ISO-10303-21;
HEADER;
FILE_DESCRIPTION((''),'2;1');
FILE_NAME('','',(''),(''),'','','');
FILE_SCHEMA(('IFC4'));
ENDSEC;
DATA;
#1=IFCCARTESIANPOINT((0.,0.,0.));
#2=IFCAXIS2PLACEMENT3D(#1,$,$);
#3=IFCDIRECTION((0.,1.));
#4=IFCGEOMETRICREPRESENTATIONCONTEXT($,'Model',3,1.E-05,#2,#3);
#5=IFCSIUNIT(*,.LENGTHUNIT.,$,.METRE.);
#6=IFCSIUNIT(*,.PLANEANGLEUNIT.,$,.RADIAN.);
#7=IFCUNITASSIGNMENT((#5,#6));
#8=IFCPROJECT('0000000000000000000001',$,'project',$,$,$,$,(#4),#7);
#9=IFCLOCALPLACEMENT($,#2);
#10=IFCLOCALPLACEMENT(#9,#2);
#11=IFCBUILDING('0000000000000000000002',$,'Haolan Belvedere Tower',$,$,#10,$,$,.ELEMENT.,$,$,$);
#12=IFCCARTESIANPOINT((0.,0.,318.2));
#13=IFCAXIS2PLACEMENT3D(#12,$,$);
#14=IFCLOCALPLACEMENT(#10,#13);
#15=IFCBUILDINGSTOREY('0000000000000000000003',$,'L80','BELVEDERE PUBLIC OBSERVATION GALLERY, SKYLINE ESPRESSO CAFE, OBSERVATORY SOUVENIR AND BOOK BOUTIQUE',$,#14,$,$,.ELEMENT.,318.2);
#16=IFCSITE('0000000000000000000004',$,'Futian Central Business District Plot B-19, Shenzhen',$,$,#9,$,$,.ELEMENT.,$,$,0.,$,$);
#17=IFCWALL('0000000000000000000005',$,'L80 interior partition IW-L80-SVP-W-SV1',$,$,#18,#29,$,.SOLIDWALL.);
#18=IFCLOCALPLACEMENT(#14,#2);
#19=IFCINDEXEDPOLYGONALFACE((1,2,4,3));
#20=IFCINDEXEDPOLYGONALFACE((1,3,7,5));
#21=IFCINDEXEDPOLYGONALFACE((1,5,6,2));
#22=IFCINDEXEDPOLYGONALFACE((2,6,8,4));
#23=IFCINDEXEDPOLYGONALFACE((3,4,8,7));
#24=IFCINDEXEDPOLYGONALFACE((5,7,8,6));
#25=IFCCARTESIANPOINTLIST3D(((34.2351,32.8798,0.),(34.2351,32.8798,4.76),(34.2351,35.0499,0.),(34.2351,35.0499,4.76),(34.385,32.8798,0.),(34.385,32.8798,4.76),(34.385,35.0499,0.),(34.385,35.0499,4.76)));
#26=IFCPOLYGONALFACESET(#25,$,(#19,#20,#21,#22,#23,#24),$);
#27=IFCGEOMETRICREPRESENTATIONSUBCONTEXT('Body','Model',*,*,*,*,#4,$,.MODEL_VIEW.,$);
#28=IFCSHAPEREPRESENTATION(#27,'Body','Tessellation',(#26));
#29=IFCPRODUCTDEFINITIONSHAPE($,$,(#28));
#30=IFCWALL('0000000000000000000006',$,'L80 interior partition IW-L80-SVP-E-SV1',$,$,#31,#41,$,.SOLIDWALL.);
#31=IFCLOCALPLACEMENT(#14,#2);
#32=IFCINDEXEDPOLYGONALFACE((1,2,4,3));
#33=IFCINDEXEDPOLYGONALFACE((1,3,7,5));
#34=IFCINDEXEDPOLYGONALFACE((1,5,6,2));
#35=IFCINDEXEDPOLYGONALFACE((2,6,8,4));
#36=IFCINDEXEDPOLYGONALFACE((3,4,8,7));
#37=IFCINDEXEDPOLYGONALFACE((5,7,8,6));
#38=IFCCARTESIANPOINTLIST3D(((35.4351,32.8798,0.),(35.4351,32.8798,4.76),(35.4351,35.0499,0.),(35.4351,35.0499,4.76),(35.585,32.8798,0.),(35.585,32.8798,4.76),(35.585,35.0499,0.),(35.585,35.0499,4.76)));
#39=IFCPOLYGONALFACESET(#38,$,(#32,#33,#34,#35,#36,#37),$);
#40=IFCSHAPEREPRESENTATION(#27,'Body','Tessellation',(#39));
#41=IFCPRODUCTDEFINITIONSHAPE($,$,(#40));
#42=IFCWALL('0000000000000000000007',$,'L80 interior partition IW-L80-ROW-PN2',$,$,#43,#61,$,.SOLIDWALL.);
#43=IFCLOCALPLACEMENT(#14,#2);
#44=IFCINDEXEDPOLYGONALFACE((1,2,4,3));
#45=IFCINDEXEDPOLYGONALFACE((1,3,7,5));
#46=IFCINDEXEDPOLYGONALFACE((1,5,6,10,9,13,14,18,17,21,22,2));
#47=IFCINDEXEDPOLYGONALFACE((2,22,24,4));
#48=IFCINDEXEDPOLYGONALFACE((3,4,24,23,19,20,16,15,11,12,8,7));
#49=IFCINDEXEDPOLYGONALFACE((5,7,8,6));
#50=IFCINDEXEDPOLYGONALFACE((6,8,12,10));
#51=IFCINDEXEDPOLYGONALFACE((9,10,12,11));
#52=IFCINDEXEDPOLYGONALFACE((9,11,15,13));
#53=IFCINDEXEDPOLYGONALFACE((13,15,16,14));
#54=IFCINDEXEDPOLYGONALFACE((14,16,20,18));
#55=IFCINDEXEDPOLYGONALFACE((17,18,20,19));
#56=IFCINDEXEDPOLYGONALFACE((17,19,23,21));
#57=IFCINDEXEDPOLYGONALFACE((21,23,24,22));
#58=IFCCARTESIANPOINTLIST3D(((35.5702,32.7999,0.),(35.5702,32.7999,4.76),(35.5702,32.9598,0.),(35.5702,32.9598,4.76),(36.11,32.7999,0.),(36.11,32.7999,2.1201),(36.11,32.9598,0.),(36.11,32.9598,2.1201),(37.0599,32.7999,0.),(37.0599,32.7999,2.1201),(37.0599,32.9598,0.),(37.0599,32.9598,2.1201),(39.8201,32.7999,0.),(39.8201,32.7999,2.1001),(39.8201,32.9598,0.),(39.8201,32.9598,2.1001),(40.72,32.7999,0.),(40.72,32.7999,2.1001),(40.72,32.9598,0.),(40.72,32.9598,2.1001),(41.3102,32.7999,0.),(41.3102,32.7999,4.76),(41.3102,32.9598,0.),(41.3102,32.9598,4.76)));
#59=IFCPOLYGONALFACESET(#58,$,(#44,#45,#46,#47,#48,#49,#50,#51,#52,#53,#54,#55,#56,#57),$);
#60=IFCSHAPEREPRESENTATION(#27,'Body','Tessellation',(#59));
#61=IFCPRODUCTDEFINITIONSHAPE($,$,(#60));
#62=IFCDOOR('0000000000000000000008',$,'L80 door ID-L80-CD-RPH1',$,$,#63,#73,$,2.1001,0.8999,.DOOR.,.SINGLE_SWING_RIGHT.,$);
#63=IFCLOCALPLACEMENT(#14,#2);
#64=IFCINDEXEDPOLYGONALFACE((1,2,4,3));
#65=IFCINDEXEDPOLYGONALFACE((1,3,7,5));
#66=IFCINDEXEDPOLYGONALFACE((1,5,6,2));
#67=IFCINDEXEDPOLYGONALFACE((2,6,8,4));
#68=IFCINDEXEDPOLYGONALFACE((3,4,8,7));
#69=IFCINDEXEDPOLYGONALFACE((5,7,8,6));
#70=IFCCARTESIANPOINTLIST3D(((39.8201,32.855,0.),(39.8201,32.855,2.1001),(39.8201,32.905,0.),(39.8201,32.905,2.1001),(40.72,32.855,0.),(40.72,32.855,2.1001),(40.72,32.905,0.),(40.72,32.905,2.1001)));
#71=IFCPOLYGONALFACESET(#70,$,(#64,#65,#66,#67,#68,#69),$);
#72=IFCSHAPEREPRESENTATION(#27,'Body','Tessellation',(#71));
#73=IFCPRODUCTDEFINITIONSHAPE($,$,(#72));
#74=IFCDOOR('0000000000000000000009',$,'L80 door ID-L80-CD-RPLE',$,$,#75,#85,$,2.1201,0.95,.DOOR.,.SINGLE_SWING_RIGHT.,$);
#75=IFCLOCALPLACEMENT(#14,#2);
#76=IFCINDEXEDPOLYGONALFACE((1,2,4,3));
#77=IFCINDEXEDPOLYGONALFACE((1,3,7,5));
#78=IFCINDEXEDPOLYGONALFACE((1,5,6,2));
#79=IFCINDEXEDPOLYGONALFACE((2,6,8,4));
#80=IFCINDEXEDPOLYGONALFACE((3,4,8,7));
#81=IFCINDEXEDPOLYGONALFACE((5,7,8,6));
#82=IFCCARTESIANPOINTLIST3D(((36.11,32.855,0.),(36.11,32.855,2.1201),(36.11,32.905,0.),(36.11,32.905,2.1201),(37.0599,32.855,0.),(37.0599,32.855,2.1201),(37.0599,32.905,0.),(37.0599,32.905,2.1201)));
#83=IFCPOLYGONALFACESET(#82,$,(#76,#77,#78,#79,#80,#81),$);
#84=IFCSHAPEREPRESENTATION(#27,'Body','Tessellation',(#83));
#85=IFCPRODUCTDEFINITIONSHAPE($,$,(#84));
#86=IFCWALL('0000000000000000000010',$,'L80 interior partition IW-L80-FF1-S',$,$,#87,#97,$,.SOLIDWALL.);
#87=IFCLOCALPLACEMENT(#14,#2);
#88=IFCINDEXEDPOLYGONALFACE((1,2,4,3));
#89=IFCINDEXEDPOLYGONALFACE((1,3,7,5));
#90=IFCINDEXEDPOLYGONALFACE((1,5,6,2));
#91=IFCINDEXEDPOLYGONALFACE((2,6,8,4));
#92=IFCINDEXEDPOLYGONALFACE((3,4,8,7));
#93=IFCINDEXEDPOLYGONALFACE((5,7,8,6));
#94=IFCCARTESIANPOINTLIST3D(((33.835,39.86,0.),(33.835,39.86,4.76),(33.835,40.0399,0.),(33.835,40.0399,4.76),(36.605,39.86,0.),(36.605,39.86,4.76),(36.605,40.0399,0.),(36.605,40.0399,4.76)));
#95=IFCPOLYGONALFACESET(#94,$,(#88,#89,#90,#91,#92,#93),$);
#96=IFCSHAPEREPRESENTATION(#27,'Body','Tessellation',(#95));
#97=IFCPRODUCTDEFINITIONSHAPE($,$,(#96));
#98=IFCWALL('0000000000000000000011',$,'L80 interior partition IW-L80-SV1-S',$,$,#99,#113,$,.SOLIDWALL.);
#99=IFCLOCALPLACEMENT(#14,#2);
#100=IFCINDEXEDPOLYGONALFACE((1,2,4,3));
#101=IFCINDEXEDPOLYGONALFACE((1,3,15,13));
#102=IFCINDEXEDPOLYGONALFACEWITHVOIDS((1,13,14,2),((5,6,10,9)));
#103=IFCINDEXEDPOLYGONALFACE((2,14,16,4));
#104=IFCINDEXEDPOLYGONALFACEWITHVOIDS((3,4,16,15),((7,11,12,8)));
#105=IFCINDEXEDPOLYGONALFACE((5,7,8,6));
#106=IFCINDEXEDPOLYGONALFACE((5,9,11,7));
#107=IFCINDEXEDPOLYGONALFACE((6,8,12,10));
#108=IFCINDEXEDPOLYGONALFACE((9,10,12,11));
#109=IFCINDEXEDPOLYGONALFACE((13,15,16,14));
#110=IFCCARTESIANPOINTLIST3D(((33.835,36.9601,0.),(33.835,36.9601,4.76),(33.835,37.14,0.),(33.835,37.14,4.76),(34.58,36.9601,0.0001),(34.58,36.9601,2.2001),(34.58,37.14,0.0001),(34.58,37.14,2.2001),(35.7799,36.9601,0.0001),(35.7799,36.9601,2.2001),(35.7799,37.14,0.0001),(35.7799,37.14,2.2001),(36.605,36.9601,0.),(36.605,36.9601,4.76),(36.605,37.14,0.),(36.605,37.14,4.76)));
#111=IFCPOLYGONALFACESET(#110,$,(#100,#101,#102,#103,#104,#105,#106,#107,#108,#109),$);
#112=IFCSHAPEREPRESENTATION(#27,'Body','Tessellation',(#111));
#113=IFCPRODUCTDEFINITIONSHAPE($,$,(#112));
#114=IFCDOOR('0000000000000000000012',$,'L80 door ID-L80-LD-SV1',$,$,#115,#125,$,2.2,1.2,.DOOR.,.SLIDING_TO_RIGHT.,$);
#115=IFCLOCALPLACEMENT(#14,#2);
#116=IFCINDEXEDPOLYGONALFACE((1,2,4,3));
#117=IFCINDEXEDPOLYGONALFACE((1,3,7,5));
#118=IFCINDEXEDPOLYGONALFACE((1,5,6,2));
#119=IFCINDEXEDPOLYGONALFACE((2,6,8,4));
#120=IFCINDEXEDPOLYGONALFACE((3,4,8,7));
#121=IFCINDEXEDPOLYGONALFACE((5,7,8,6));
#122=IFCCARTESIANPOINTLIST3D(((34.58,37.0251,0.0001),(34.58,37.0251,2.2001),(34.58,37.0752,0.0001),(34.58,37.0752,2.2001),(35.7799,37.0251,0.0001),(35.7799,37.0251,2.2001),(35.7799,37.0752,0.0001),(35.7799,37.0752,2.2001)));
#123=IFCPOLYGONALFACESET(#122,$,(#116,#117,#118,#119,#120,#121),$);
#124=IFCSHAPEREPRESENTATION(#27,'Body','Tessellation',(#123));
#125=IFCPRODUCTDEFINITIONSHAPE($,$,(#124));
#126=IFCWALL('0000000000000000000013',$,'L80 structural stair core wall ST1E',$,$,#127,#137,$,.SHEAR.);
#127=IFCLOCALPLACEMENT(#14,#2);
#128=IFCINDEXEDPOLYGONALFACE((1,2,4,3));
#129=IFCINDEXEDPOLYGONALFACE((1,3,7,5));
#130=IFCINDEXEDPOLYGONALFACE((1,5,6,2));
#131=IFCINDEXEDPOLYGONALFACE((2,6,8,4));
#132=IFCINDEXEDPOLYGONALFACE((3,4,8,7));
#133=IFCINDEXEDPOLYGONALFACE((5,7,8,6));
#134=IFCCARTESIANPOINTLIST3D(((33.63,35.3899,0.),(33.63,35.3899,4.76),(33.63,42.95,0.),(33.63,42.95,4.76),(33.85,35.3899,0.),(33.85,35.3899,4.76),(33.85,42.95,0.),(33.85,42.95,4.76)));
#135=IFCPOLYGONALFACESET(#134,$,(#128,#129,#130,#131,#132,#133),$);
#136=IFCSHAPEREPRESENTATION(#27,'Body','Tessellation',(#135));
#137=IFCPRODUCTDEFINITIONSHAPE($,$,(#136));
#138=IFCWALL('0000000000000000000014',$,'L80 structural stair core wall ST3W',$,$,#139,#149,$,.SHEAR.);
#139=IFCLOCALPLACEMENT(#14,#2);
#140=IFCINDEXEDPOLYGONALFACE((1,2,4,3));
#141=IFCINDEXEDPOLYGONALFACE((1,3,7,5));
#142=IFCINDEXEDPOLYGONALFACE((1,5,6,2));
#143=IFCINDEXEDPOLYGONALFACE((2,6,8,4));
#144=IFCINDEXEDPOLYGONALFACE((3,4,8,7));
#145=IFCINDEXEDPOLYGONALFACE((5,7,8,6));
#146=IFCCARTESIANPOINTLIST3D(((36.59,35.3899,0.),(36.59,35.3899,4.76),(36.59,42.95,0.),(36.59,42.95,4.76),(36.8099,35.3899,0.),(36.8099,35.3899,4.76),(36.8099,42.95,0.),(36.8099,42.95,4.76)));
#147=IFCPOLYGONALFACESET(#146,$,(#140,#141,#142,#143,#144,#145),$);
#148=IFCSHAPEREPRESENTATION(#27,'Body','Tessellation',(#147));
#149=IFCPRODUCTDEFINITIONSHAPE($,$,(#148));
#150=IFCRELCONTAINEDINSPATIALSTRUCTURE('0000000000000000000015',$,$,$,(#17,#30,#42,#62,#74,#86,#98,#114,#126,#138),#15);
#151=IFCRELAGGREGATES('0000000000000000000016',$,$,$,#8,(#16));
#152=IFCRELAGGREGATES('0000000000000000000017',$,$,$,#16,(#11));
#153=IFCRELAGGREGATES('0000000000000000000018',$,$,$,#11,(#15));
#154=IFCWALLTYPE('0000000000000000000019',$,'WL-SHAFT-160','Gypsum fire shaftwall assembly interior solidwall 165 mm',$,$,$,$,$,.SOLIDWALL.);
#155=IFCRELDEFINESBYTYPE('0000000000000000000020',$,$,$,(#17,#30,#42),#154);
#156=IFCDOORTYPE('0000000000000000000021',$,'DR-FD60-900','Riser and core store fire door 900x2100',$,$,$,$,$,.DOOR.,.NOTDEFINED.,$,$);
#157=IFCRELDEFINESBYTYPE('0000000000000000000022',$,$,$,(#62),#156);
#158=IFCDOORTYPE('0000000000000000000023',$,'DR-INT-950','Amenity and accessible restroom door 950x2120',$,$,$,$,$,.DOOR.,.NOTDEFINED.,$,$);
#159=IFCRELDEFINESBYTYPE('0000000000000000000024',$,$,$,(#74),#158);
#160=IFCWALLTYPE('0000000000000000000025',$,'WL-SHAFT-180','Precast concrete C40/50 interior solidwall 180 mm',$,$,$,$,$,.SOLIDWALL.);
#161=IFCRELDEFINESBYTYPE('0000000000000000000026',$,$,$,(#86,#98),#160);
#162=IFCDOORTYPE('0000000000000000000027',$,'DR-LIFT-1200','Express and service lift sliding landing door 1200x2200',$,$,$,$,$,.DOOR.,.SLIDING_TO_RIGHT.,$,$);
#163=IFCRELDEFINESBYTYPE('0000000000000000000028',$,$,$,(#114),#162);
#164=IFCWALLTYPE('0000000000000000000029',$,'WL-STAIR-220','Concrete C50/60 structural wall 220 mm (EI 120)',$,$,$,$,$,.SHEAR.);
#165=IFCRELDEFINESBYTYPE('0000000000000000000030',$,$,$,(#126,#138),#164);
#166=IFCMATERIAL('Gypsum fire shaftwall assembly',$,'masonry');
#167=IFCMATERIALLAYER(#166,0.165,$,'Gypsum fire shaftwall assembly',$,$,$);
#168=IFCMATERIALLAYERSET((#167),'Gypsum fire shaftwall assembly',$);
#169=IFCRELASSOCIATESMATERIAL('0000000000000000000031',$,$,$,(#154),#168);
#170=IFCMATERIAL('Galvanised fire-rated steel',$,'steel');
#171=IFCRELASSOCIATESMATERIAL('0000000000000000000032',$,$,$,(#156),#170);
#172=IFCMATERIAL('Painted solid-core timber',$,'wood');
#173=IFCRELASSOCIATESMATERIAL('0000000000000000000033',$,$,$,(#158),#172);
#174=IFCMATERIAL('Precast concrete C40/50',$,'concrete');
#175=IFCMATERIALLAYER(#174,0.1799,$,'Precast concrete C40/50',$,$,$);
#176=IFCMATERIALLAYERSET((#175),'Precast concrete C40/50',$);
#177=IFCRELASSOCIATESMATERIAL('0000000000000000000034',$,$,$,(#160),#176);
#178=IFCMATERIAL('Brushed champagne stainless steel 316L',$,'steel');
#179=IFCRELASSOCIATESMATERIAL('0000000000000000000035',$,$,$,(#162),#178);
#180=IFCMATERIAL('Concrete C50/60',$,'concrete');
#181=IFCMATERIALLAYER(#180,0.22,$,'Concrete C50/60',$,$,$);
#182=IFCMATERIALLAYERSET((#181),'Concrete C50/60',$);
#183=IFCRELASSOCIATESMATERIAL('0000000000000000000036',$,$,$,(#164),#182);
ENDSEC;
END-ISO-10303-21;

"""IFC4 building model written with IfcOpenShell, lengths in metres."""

from ifc_helpers import new_model, si_unit, direction, frame, frame_2d, origin, place, context, subcontext, project, spatial, rectangle, extrude, material, layer, layer_set, type_object, element, fill, save


model = new_model("IFC4")

# Units and contexts
model_context = context("Model", 3, precision=1e-05, world=origin(), true_north=direction((0.0, 1.0)))
body_context = subcontext(model_context, "Body", "Model", "MODEL_VIEW")
ifc_project = project(units=[si_unit("LENGTHUNIT", "METRE"), si_unit("PLANEANGLEUNIT", "RADIAN")], contexts=[model_context])

# Site, building, storey
site_placement = place(None, origin())
site = spatial("IfcSite", under=ifc_project, at=site_placement, Name="Futian Central Business District Plot B-19, Shenzhen", CompositionType="ELEMENT", RefElevation=0.0)
building_placement = place(site_placement, origin())
building = spatial("IfcBuilding", under=site, at=building_placement, Name="Haolan Belvedere Tower", CompositionType="ELEMENT")
storey_placement = place(building_placement, frame((0.0, 0.0, 318.2)))
storey = spatial("IfcBuildingStorey", under=building, at=storey_placement, Name="L80", Description="BELVEDERE PUBLIC OBSERVATION GALLERY, SKYLINE ESPRESSO CAFE, OBSERVATORY SOUVENIR AND BOOK BOUTIQUE", CompositionType="ELEMENT", Elevation=318.2)

# Walls
ifc_material_1 = material(Name="Gypsum fire shaftwall assembly", Category="masonry")
ifc_layer_1 = layer(ifc_material_1, 0.165, Name="Gypsum fire shaftwall assembly")
ifc_layer_set_1 = layer_set([ifc_layer_1], Name="Gypsum fire shaftwall assembly")
wall_type_1 = type_object("IfcWallType", Name="WL-SHAFT-160", Description="Gypsum fire shaftwall assembly interior solidwall 165 mm", PredefinedType="SOLIDWALL", material=ifc_layer_set_1)
for number, where, z_axis, x_axis, name in (
    (1, (34.3101, 32.8799, 0.0), (0.0, 0.0, 1.0), (0.0, 1.0, 0.0), "L80 interior partition IW-L80-SVP-W-SV1"),
    (2, (35.51, 32.8799, 0.0), (0.0, 0.0, 1.0), (0.0, 1.0, 0.0), "L80 interior partition IW-L80-SVP-E-SV1"),
):
    element("IfcWall", number, at=place(storey_placement, frame(where, z_axis=z_axis, x_axis=x_axis)), inside=storey, type_object=wall_type_1, Name=name, PredefinedType="SOLIDWALL", context=body_context, shape_type="SweptSolid", body=[
        extrude(rectangle(XDim=2.1702, YDim=0.1499, at=frame_2d((1.085, 0.0))), origin(), (0.0, 0.0, 1.0), 4.76),
    ])

# Wall, openings, doors
wall_1_placement = place(storey_placement, frame((35.5701, 32.8799, 0.0), z_axis=(0.0, 0.0, 1.0), x_axis=(1.0, 0.0, 0.0)))
wall_1 = element("IfcWall", 3, at=wall_1_placement, inside=storey, type_object=wall_type_1, Name="L80 interior partition IW-L80-ROW-PN2", PredefinedType="SOLIDWALL", context=body_context, shape_type="SweptSolid", body=[
    extrude(rectangle(XDim=5.74, YDim=0.1599, at=frame_2d((2.8701, 0.0))), origin(), (0.0, 0.0, 1.0), 4.76),
])
opening_1_placement = place(wall_1_placement, frame((1.49, 0.0, 0.0), z_axis=(0.0, 0.0, 1.0), x_axis=(-1.0, 0.0, 0.0)))
opening_1 = element("IfcOpeningElement", 4, at=opening_1_placement, cuts=wall_1, PredefinedType="OPENING", context=body_context, shape_type="SweptSolid", body=[
    extrude(rectangle(XDim=0.95, YDim=2.1201, at=frame_2d((0.4751, 1.0601))), frame((0.0, 0.0898, 0.0), z_axis=(0.0, -1.0, 0.0), x_axis=(1.0, 0.0, 0.0)), (0.0, 0.0, 1.0), 0.1799),
])
opening_2_placement = place(wall_1_placement, frame((5.1499, 0.0, 0.0), z_axis=(0.0, 0.0, 1.0), x_axis=(-1.0, 0.0, 0.0)))
opening_2 = element("IfcOpeningElement", 5, at=opening_2_placement, cuts=wall_1, PredefinedType="OPENING", context=body_context, shape_type="SweptSolid", body=[
    extrude(rectangle(XDim=0.8999, YDim=2.1001, at=frame_2d((0.45, 1.05))), frame((0.0, 0.0898, 0.0), z_axis=(0.0, -1.0, 0.0), x_axis=(1.0, 0.0, 0.0)), (0.0, 0.0, 1.0), 0.1799),
])
ifc_material_2 = material(Name="Galvanised fire-rated steel", Category="steel")
door_type_1 = type_object("IfcDoorType", Name="DR-FD60-900", Description="Riser and core store fire door 900x2100", OperationType="NOTDEFINED", PredefinedType="DOOR", material=ifc_material_2)
door_1_placement = place(opening_2_placement, origin())
door_1 = element("IfcDoor", 6, at=door_1_placement, inside=storey, type_object=door_type_1, Name="L80 door ID-L80-CD-RPH1", OperationType="SINGLE_SWING_RIGHT", OverallHeight=2.1001, OverallWidth=0.8999, PredefinedType="DOOR", context=body_context, shape_type="SweptSolid", body=[
    extrude(rectangle(XDim=0.8999, YDim=2.1001, at=frame_2d((0.45, 1.05))), frame((0.0, 0.0249, 0.0), z_axis=(0.0, -1.0, 0.0), x_axis=(1.0, 0.0, 0.0)), (0.0, 0.0, 1.0), 0.05),
])
fill(opening_2, door_1)
ifc_material_3 = material(Name="Painted solid-core timber", Category="wood")
door_type_2 = type_object("IfcDoorType", Name="DR-INT-950", Description="Amenity and accessible restroom door 950x2120", OperationType="NOTDEFINED", PredefinedType="DOOR", material=ifc_material_3)
door_2_placement = place(opening_1_placement, origin())
door_2 = element("IfcDoor", 7, at=door_2_placement, inside=storey, type_object=door_type_2, Name="L80 door ID-L80-CD-RPLE", OperationType="SINGLE_SWING_RIGHT", OverallHeight=2.1201, OverallWidth=0.95, PredefinedType="DOOR", context=body_context, shape_type="SweptSolid", body=[
    extrude(rectangle(XDim=0.95, YDim=2.1201, at=frame_2d((0.4751, 1.0601))), frame((0.0, 0.0249, 0.0), z_axis=(0.0, -1.0, 0.0), x_axis=(1.0, 0.0, 0.0)), (0.0, 0.0, 1.0), 0.05),
])
fill(opening_1, door_2)

# Wall
ifc_material_4 = material(Name="Precast concrete C40/50", Category="concrete")
ifc_layer_2 = layer(ifc_material_4, 0.1799, Name="Precast concrete C40/50")
ifc_layer_set_2 = layer_set([ifc_layer_2], Name="Precast concrete C40/50")
wall_type_2 = type_object("IfcWallType", Name="WL-SHAFT-180", Description="Precast concrete C40/50 interior solidwall 180 mm", PredefinedType="SOLIDWALL", material=ifc_layer_set_2)
wall_2_placement = place(storey_placement, frame((33.835, 39.95, 0.0), z_axis=(0.0, 0.0, 1.0), x_axis=(1.0, 0.0, 0.0)))
element("IfcWall", 8, at=wall_2_placement, inside=storey, type_object=wall_type_2, Name="L80 interior partition IW-L80-FF1-S", PredefinedType="SOLIDWALL", context=body_context, shape_type="SweptSolid", body=[
    extrude(rectangle(XDim=2.77, YDim=0.1799, at=frame_2d((1.385, 0.0))), origin(), (0.0, 0.0, 1.0), 4.76),
])

# Wall, opening, door
wall_3_placement = place(storey_placement, frame((33.835, 37.05, 0.0), z_axis=(0.0, 0.0, 1.0), x_axis=(1.0, 0.0, 0.0)))
wall_3 = element("IfcWall", 9, at=wall_3_placement, inside=storey, type_object=wall_type_2, Name="L80 interior partition IW-L80-SV1-S", PredefinedType="SOLIDWALL", context=body_context, shape_type="SweptSolid", body=[
    extrude(rectangle(XDim=2.77, YDim=0.1799, at=frame_2d((1.385, 0.0))), origin(), (0.0, 0.0, 1.0), 4.76),
])
opening_3_placement = place(wall_3_placement, frame((1.9451, 0.0, 0.0), z_axis=(0.0, 0.0, 1.0), x_axis=(-1.0, 0.0, 0.0)))
opening_3 = element("IfcOpeningElement", 10, at=opening_3_placement, cuts=wall_3, PredefinedType="OPENING", context=body_context, shape_type="SweptSolid", body=[
    extrude(rectangle(XDim=1.2, YDim=2.2, at=frame_2d((0.6001, 1.1001))), frame((0.0, 0.0999, 0.0), z_axis=(0.0, -1.0, 0.0), x_axis=(1.0, 0.0, 0.0)), (0.0, 0.0, 1.0), 0.2),
])
ifc_material_5 = material(Name="Brushed champagne stainless steel 316L", Category="steel")
door_type_3 = type_object("IfcDoorType", Name="DR-LIFT-1200", Description="Express and service lift sliding landing door 1200x2200", OperationType="SLIDING_TO_RIGHT", PredefinedType="DOOR", material=ifc_material_5)
door_3_placement = place(opening_3_placement, origin())
door_3 = element("IfcDoor", 11, at=door_3_placement, inside=storey, type_object=door_type_3, Name="L80 door ID-L80-LD-SV1", OperationType="SLIDING_TO_RIGHT", OverallHeight=2.2, OverallWidth=1.2, PredefinedType="DOOR", context=body_context, shape_type="SweptSolid", body=[
    extrude(rectangle(XDim=1.2, YDim=2.2, at=frame_2d((0.6001, 1.1001))), frame((0.0, 0.0249, 0.0), z_axis=(0.0, -1.0, 0.0), x_axis=(1.0, 0.0, 0.0)), (0.0, 0.0, 1.0), 0.05),
])
fill(opening_3, door_3)

# Walls
ifc_material_6 = material(Name="Concrete C50/60", Category="concrete")
ifc_layer_3 = layer(ifc_material_6, 0.22, Name="Concrete C50/60")
ifc_layer_set_3 = layer_set([ifc_layer_3], Name="Concrete C50/60")
wall_type_3 = type_object("IfcWallType", Name="WL-STAIR-220", Description="Concrete C50/60 structural wall 220 mm (EI 120)", PredefinedType="SHEAR", material=ifc_layer_set_3)
for number, where, z_axis, x_axis, name in (
    (12, (33.74, 35.3899, 0.0), (0.0, 0.0, 1.0), (0.0, 1.0, 0.0), "L80 structural stair core wall ST1E"),
    (13, (36.7, 35.3899, 0.0), (0.0, 0.0, 1.0), (0.0, 1.0, 0.0), "L80 structural stair core wall ST3W"),
):
    element("IfcWall", number, at=place(storey_placement, frame(where, z_axis=z_axis, x_axis=x_axis)), inside=storey, type_object=wall_type_3, Name=name, PredefinedType="SHEAR", context=body_context, shape_type="SweptSolid", body=[
        extrude(rectangle(XDim=7.5601, YDim=0.22, at=frame_2d((3.78, 0.0))), origin(), (0.0, 0.0, 1.0), 4.76),
    ])

save(model, "model.ifc")
